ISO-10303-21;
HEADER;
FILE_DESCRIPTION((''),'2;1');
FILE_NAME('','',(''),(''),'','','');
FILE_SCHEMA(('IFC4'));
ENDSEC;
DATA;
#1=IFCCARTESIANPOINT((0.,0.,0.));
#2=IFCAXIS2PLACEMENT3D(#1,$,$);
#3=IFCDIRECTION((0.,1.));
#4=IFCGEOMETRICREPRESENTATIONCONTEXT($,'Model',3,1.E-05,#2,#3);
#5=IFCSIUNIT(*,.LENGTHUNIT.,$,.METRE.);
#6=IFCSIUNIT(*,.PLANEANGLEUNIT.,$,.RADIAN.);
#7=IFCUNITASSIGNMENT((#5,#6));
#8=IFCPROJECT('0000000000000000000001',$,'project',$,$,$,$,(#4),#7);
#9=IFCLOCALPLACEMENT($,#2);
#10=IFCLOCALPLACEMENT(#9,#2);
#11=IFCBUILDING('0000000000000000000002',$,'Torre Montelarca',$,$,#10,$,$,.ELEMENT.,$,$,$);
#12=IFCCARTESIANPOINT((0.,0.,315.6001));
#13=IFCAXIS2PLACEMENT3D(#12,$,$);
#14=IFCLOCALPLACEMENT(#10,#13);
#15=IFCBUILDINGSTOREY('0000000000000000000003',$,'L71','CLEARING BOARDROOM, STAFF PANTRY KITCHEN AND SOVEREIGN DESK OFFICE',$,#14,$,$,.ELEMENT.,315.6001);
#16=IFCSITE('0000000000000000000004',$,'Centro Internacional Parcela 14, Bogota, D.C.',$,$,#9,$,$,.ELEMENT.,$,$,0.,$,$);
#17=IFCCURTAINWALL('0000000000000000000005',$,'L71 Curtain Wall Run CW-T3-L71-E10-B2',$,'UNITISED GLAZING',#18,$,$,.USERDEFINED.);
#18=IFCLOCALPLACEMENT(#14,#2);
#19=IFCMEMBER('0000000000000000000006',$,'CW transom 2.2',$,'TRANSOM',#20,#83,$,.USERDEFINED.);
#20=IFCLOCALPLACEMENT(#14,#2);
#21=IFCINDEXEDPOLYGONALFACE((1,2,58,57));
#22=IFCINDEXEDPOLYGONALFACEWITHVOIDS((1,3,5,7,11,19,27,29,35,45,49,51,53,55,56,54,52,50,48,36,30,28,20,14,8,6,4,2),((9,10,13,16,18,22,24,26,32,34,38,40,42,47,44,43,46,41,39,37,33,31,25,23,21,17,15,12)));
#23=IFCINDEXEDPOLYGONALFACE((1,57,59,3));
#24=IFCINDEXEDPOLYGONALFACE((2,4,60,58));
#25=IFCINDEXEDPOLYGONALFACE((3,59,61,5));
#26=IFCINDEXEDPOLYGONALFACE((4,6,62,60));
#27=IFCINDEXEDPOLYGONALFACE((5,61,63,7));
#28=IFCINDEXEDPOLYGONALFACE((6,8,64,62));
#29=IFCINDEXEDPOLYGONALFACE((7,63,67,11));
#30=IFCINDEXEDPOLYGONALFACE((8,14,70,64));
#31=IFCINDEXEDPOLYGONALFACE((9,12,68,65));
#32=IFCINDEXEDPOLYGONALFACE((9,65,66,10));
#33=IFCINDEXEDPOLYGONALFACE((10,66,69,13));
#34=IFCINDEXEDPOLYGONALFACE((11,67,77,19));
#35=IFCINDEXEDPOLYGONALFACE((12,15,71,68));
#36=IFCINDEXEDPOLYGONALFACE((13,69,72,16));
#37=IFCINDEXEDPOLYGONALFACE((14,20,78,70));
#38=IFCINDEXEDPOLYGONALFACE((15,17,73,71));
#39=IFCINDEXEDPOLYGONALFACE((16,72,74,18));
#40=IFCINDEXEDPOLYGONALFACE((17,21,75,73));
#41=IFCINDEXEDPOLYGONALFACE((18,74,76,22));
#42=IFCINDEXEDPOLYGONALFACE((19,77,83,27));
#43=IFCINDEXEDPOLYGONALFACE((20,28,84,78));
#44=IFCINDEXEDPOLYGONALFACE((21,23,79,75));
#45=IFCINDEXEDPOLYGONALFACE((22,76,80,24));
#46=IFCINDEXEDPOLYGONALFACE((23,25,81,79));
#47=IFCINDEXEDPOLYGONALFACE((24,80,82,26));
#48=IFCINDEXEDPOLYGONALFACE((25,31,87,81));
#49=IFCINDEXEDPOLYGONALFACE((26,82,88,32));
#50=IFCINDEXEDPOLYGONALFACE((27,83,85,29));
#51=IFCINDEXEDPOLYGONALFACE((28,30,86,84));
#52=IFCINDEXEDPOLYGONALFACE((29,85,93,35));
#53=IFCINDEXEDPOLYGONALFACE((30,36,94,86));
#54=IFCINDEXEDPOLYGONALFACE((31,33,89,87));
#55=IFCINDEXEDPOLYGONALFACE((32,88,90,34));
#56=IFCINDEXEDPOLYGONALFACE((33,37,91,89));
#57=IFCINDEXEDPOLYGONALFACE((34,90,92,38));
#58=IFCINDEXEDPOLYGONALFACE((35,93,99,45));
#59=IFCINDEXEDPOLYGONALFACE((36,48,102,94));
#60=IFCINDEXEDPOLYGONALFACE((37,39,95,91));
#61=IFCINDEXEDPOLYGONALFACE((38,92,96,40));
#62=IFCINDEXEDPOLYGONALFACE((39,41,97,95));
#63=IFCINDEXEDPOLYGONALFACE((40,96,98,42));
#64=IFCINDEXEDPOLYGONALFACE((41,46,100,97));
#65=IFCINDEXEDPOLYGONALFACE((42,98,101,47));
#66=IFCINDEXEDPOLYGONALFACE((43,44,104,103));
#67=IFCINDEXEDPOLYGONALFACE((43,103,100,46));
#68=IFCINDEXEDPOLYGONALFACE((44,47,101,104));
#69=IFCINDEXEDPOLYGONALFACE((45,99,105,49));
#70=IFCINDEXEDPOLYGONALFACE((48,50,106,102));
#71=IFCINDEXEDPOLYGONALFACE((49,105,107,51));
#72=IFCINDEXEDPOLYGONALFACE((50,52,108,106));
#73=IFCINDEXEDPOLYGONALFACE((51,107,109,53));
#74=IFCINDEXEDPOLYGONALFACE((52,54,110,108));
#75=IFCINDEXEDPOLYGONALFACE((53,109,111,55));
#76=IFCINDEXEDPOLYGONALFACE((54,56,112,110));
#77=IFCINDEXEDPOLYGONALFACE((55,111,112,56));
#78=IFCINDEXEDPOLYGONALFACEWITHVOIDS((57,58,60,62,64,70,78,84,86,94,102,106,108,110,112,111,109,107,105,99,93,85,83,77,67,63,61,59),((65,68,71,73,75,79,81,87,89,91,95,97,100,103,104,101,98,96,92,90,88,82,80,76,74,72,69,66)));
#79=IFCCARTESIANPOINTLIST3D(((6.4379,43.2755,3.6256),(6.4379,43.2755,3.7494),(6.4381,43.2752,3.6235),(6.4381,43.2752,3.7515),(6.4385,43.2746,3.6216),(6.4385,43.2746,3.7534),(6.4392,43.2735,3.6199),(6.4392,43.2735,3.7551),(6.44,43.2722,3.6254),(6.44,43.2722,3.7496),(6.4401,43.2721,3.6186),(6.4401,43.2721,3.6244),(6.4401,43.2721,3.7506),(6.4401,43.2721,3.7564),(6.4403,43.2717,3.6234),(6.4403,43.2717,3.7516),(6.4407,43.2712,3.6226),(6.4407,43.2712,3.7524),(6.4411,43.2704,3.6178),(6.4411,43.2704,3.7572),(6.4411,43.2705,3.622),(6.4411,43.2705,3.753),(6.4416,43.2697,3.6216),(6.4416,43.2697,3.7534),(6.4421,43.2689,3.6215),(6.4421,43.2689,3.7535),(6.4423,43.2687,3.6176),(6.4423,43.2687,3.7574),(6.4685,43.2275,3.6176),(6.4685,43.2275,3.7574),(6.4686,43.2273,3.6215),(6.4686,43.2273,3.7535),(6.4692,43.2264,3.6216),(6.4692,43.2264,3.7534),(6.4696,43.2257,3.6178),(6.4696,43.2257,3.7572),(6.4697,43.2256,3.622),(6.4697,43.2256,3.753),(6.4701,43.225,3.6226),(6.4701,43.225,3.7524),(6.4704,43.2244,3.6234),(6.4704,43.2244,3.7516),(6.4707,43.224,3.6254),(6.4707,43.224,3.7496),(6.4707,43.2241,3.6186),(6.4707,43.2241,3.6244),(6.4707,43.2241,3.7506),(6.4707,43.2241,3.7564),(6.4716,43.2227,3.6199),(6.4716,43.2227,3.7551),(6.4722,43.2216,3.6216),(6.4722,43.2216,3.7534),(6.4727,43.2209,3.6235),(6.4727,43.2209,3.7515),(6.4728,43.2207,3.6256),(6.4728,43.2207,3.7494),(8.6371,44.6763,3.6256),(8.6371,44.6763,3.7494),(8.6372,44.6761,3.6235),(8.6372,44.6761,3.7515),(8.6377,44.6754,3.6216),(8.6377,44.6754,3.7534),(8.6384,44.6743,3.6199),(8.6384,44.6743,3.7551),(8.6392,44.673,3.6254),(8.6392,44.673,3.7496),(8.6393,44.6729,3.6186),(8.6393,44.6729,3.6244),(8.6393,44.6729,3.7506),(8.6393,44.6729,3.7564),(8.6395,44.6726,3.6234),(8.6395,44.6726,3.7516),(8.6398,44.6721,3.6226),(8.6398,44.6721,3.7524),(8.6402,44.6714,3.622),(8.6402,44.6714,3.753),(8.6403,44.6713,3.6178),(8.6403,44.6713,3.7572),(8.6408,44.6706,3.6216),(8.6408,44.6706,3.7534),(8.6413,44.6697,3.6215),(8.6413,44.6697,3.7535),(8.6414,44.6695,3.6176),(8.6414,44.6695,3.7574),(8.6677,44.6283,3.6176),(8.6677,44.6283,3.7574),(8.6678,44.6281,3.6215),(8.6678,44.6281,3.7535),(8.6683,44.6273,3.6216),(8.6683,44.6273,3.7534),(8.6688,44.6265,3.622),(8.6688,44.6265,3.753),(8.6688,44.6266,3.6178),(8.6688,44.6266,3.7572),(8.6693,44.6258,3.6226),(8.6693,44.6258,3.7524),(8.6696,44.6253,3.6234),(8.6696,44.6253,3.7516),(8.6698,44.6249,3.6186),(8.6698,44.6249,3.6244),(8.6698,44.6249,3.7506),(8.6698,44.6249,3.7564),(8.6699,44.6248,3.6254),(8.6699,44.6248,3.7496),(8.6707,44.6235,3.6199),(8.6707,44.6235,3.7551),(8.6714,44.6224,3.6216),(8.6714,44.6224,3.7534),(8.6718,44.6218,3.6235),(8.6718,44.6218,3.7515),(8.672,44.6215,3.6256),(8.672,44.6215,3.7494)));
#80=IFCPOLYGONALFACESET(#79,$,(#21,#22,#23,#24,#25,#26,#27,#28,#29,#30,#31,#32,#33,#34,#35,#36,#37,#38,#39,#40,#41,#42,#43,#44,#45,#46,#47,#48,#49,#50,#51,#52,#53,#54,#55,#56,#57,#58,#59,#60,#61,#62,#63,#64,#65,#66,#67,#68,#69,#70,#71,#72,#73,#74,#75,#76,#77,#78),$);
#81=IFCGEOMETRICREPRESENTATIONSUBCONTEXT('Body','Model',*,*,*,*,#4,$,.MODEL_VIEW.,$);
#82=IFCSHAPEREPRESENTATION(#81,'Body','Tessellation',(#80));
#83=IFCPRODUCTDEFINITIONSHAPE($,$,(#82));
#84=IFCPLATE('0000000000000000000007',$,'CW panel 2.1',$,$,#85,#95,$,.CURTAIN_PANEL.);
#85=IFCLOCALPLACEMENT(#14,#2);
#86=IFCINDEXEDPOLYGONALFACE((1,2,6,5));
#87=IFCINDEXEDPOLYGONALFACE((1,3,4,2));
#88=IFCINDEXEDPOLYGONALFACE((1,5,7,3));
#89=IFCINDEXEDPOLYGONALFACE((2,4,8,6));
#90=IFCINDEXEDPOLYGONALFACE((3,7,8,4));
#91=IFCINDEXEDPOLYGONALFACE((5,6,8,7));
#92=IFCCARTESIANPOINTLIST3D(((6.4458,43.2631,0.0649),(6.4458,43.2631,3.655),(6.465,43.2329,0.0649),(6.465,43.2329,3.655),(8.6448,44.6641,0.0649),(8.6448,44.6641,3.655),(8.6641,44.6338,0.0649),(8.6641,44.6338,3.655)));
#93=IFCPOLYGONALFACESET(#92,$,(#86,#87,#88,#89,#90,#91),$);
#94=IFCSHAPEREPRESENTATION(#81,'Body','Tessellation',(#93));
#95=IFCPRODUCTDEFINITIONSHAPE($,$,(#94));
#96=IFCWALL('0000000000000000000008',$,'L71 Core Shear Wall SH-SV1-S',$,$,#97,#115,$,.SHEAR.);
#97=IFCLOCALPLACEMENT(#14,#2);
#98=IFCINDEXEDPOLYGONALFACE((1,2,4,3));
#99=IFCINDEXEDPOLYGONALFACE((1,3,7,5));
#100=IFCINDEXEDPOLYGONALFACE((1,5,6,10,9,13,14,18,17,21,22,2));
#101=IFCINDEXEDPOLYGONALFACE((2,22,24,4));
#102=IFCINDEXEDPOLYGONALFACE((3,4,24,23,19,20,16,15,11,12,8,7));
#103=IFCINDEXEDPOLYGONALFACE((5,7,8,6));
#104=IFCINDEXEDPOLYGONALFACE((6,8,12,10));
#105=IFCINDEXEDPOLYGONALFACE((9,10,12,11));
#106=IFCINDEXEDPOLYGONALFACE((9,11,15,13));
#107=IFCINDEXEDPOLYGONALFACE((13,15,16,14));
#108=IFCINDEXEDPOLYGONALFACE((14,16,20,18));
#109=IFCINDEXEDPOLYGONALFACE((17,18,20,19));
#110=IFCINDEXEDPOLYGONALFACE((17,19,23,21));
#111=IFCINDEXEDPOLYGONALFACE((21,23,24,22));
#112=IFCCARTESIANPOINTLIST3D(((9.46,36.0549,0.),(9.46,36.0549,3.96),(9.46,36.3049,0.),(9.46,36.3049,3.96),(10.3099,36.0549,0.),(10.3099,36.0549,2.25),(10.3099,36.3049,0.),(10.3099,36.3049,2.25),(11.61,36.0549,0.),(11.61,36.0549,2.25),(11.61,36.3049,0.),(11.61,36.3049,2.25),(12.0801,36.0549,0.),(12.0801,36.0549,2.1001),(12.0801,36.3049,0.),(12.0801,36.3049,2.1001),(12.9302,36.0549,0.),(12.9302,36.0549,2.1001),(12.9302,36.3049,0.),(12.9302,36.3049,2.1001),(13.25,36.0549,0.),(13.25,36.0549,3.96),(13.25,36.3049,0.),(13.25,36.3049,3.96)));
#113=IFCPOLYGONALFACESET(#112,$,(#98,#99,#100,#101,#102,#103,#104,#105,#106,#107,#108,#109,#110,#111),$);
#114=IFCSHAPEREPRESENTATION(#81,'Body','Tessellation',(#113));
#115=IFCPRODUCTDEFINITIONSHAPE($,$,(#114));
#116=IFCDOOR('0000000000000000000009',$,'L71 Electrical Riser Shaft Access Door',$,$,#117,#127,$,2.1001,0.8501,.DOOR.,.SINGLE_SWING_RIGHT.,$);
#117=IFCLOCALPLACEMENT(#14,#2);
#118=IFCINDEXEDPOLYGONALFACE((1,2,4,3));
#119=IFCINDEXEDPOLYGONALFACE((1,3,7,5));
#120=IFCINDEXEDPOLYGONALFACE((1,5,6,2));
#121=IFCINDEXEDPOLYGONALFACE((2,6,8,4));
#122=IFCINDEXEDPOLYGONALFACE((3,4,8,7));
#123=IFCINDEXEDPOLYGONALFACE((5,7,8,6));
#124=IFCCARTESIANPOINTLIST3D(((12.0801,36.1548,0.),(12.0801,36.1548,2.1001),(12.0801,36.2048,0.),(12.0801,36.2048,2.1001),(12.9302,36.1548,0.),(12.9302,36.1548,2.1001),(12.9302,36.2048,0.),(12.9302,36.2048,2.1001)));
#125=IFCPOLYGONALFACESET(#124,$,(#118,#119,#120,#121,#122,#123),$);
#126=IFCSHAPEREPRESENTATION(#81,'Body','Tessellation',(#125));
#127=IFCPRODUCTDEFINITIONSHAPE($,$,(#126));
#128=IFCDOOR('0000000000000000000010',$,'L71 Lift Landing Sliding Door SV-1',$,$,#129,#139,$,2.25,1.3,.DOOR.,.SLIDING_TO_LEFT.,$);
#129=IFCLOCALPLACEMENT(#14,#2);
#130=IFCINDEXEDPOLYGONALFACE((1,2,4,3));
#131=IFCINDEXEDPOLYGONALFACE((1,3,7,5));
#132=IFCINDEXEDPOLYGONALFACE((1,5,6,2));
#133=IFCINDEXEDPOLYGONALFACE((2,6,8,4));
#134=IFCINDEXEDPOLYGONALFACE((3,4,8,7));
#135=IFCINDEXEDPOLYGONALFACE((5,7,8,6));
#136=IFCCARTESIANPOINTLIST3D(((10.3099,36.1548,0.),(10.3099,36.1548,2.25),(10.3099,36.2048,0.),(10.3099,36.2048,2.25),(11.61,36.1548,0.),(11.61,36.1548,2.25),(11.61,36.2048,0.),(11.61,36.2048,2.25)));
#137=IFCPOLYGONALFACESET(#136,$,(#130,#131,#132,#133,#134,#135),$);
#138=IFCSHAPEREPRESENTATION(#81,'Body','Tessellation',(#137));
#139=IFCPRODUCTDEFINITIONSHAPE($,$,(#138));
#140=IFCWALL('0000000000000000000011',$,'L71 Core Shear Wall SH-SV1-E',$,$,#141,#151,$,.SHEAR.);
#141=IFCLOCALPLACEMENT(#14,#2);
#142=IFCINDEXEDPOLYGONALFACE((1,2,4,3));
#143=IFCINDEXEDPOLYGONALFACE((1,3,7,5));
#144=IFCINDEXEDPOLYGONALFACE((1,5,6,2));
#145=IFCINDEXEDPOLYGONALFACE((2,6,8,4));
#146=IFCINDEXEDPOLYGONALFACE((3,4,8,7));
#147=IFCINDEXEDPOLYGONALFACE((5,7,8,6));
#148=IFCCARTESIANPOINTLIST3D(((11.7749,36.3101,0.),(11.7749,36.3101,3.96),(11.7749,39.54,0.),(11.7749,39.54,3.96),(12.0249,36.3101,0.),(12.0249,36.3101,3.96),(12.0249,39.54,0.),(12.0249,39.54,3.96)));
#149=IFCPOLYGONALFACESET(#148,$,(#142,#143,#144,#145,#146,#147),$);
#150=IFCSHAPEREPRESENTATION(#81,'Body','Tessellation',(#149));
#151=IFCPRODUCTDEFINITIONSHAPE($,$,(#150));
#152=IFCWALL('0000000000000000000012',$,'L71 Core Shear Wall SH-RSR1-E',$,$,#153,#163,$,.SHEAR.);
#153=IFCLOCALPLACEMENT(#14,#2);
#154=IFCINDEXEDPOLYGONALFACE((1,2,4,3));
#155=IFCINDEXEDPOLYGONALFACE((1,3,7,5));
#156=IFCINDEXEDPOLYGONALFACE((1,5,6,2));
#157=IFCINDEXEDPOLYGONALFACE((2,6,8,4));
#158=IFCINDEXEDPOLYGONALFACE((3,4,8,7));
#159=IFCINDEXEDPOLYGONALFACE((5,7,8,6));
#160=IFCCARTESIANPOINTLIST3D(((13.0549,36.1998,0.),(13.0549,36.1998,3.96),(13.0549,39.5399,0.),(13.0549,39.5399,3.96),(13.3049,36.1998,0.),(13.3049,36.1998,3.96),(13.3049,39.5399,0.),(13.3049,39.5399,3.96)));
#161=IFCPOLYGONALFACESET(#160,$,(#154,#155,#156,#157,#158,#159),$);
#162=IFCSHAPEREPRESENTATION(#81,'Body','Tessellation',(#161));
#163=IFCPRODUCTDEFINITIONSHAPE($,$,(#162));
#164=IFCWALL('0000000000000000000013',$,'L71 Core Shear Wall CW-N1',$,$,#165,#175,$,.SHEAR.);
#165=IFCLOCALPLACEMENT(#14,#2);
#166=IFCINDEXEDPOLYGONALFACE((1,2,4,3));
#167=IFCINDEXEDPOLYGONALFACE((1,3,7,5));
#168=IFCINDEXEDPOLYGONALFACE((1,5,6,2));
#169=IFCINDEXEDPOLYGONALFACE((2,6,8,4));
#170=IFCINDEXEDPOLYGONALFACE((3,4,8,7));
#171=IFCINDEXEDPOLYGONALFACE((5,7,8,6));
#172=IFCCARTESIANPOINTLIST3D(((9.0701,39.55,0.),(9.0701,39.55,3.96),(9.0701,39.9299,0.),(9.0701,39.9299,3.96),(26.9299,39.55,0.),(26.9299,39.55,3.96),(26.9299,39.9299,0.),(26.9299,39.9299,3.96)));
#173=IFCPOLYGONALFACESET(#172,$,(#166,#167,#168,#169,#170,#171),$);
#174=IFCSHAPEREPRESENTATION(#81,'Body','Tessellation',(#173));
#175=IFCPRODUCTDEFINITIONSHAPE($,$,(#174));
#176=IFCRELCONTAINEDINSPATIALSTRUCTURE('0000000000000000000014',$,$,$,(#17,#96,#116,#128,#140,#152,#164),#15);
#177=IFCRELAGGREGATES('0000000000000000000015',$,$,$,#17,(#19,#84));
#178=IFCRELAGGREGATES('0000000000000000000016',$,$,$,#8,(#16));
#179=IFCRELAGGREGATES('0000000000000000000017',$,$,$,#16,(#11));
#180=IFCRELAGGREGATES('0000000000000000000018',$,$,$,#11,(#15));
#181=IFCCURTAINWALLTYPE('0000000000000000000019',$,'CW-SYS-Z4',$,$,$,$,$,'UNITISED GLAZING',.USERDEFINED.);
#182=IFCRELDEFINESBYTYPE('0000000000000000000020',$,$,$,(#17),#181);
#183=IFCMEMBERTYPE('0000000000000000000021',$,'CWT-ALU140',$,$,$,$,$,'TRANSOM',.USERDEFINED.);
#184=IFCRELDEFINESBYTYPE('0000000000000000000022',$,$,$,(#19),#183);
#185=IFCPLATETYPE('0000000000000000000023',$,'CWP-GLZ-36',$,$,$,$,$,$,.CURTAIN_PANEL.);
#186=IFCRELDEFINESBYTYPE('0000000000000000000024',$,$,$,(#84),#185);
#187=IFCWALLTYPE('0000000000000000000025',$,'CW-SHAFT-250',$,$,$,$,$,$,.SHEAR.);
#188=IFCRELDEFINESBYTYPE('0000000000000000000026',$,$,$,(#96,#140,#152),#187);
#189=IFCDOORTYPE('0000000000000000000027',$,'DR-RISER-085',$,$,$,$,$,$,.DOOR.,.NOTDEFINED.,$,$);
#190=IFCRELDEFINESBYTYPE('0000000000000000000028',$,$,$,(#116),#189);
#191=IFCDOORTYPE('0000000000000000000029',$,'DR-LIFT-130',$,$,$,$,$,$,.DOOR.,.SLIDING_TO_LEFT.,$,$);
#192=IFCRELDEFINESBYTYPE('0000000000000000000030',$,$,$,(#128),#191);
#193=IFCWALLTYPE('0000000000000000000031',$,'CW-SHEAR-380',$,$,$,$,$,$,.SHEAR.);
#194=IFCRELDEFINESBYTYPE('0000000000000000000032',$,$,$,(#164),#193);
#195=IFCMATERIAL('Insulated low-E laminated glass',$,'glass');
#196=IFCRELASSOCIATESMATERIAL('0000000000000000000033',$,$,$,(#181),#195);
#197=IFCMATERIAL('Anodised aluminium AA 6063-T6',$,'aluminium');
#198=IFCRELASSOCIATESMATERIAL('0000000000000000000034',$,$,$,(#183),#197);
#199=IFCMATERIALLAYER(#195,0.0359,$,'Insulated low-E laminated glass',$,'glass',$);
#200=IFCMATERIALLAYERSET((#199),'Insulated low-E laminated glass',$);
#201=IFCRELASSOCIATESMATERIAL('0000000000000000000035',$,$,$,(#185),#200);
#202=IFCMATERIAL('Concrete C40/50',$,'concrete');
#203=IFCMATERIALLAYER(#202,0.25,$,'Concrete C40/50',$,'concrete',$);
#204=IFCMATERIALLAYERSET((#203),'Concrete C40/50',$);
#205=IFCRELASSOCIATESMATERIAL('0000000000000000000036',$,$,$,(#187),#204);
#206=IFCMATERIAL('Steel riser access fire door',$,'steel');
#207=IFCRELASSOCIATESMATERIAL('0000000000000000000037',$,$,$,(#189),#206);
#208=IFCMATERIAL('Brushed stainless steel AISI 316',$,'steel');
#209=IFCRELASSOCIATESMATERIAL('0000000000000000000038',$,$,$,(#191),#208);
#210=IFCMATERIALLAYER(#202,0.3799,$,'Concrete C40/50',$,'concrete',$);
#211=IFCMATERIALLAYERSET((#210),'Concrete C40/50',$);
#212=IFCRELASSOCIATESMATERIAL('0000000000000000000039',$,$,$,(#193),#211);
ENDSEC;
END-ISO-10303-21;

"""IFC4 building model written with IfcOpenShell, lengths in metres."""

from ifc_helpers import new_model, si_unit, direction, frame, frame_2d, origin, origin_2d, place, context, subcontext, project, spatial, rectangle, hollow_rectangle, extrude, source, transform, mapped, material, layer, layer_set, material_profile, profile_set, type_object, element, fill, aggregate, save


model = new_model("IFC4")

# Units and contexts
model_context = context("Model", 3, precision=1e-05, world=origin(), true_north=direction((0.0, 1.0)))
body_context = subcontext(model_context, "Body", "Model", "MODEL_VIEW")
ifc_project = project(units=[si_unit("LENGTHUNIT", "METRE"), si_unit("PLANEANGLEUNIT", "RADIAN")], contexts=[model_context])

# Site, building, storey
site_placement = place(None, origin())
site = spatial("IfcSite", under=ifc_project, at=site_placement, Name="Centro Internacional Parcela 14, Bogota, D.C.", CompositionType="ELEMENT", RefElevation=0.0)
building_placement = place(site_placement, origin())
building = spatial("IfcBuilding", under=site, at=building_placement, Name="Torre Montelarca", CompositionType="ELEMENT")
storey_placement = place(building_placement, frame((0.0, 0.0, 315.6001)))
storey = spatial("IfcBuildingStorey", under=building, at=storey_placement, Name="L71", Description="CLEARING BOARDROOM, STAFF PANTRY KITCHEN AND SOVEREIGN DESK OFFICE", CompositionType="ELEMENT", Elevation=315.6001)

# Shared definitions
ifc_material_1 = material(Name="Concrete C40/50", Category="concrete")

# Curtain wall, member, plate
ifc_material_2 = material(Name="Insulated low-E laminated glass", Category="glass")
curtain_wall_type = type_object("IfcCurtainWallType", Name="CW-SYS-Z4", ElementType="UNITISED GLAZING", PredefinedType="USERDEFINED", material=ifc_material_2)
curtain_wall_placement = place(storey_placement, origin())
curtain_wall = element("IfcCurtainWall", 1, at=curtain_wall_placement, inside=storey, type_object=curtain_wall_type, Name="L71 Curtain Wall Run CW-T3-L71-E10-B2", ObjectType="UNITISED GLAZING", PredefinedType="USERDEFINED")
ifc_material_3 = material(Name="Anodised aluminium AA 6063-T6", Category="aluminium")
ifc_material_profile_1 = material_profile(ifc_material_3, hollow_rectangle(XDim=0.0649, YDim=0.1399, WallThickness=0.0039, InnerFilletRadius=0.0039, OuterFilletRadius=0.0081, at=origin_2d()), Name="ALU65X140X4", Category="aluminium")
ifc_profile_set_1 = profile_set([ifc_material_profile_1], Name="Anodised aluminium AA 6063-T6")
member_type_1 = type_object("IfcMemberType", Name="CWT-ALU140", ElementType="TRANSOM", PredefinedType="USERDEFINED", material=ifc_profile_set_1)
shared_shape_1 = source(origin(), body_context, "Body", "SweptSolid", [
    extrude(hollow_rectangle(XDim=0.0649, YDim=0.1399, WallThickness=0.0039, InnerFilletRadius=0.0039, OuterFilletRadius=0.0081, at=origin_2d()), origin(), (0.0, 0.0, 1.0), 2.6074),
])
member_1_placement = place(storey_placement, frame((8.6545, 44.6489, 3.6875), z_axis=(-0.843422, -0.537251, 0.0), x_axis=(0.537251, -0.843422, 0.0)))
member_1 = element("IfcMember", 2, at=member_1_placement, type_object=member_type_1, Name="CW transom 2.2", ObjectType="TRANSOM", PredefinedType="USERDEFINED", context=body_context, shape_type="MappedRepresentation", body=[
    mapped(shared_shape_1, transform((0.0, 0.0, 0.0), scale=1.0)),
])
ifc_layer_1 = layer(ifc_material_2, 0.0359, Name="Insulated low-E laminated glass", Category="glass")
ifc_layer_set_1 = layer_set([ifc_layer_1], Name="Insulated low-E laminated glass")
plate_type = type_object("IfcPlateType", Name="CWP-GLZ-36", PredefinedType="CURTAIN_PANEL", material=ifc_layer_set_1)
shared_shape_2 = source(origin(), body_context, "Body", "SweptSolid", [
    extrude(rectangle(XDim=2.6074, YDim=0.0359, at=origin_2d()), origin(), (0.0, 0.0, 1.0), 3.5901),
])
plate_placement = place(storey_placement, frame((7.5549, 43.9485, 0.0649), z_axis=(0.0, 0.0, 1.0), x_axis=(-0.84339, -0.537302, 0.0)))
plate = element("IfcPlate", 3, at=plate_placement, type_object=plate_type, Name="CW panel 2.1", PredefinedType="CURTAIN_PANEL", context=body_context, shape_type="MappedRepresentation", body=[
    mapped(shared_shape_2, transform((0.0, 0.0, 0.0), scale=1.0)),
])
aggregate(curtain_wall, [member_1, plate])

# Wall, openings, doors
ifc_layer_2 = layer(ifc_material_1, 0.25, Name="Concrete C40/50", Category="concrete")
ifc_layer_set_2 = layer_set([ifc_layer_2], Name="Concrete C40/50")
wall_type_1 = type_object("IfcWallType", Name="CW-SHAFT-250", PredefinedType="SHEAR", material=ifc_layer_set_2)
wall_1_placement = place(storey_placement, frame((9.46, 36.1799, 0.0), z_axis=(0.0, 0.0, 1.0), x_axis=(1.0, 0.0, 0.0)))
wall_1 = element("IfcWall", 4, at=wall_1_placement, inside=storey, type_object=wall_type_1, Name="L71 Core Shear Wall SH-SV1-S", PredefinedType="SHEAR", context=body_context, shape_type="SweptSolid", body=[
    extrude(rectangle(XDim=3.79, YDim=0.25, at=frame_2d((1.895, 0.0))), origin(), (0.0, 0.0, 1.0), 3.96),
])
opening_1_placement = place(wall_1_placement, frame((2.6201, 0.0, 0.0)))
opening_1 = element("IfcOpeningElement", 5, at=opening_1_placement, cuts=wall_1, PredefinedType="OPENING", context=body_context, shape_type="SweptSolid", body=[
    extrude(rectangle(XDim=0.8501, YDim=2.1001, at=frame_2d((0.425, 1.05))), frame((0.0, 0.135, 0.0), z_axis=(0.0, -1.0, 0.0), x_axis=(1.0, 0.0, 0.0)), (0.0, 0.0, 1.0), 0.27),
])
opening_2_placement = place(wall_1_placement, frame((0.8501, 0.0, 0.0)))
opening_2 = element("IfcOpeningElement", 6, at=opening_2_placement, cuts=wall_1, PredefinedType="OPENING", context=body_context, shape_type="SweptSolid", body=[
    extrude(rectangle(XDim=1.3, YDim=2.25, at=frame_2d((0.6499, 1.125))), frame((0.0, 0.135, 0.0), z_axis=(0.0, -1.0, 0.0), x_axis=(1.0, 0.0, 0.0)), (0.0, 0.0, 1.0), 0.27),
])
ifc_material_4 = material(Name="Steel riser access fire door", Category="steel")
door_type_1 = type_object("IfcDoorType", Name="DR-RISER-085", OperationType="NOTDEFINED", PredefinedType="DOOR", material=ifc_material_4)
shared_shape_3 = source(origin(), body_context, "Body", "SweptSolid", [
    extrude(rectangle(XDim=0.8501, YDim=2.1001, at=frame_2d((0.425, 1.05))), frame((0.0, 0.0249, 0.0), z_axis=(0.0, -1.0, 0.0), x_axis=(1.0, 0.0, 0.0)), (0.0, 0.0, 1.0), 0.05),
])
door_1_placement = place(opening_1_placement, origin())
door_1 = element("IfcDoor", 7, at=door_1_placement, inside=storey, type_object=door_type_1, Name="L71 Electrical Riser Shaft Access Door", OperationType="SINGLE_SWING_RIGHT", OverallHeight=2.1001, OverallWidth=0.8501, PredefinedType="DOOR", context=body_context, shape_type="MappedRepresentation", body=[
    mapped(shared_shape_3, transform((0.0, 0.0, 0.0), scale=1.0)),
])
fill(opening_1, door_1)
ifc_material_5 = material(Name="Brushed stainless steel AISI 316", Category="steel")
door_type_2 = type_object("IfcDoorType", Name="DR-LIFT-130", OperationType="SLIDING_TO_LEFT", PredefinedType="DOOR", material=ifc_material_5)
shared_shape_4 = source(origin(), body_context, "Body", "SweptSolid", [
    extrude(rectangle(XDim=1.3, YDim=2.25, at=frame_2d((0.6499, 1.125))), frame((0.0, 0.0249, 0.0), z_axis=(0.0, -1.0, 0.0), x_axis=(1.0, 0.0, 0.0)), (0.0, 0.0, 1.0), 0.05),
])
door_2_placement = place(opening_2_placement, origin())
door_2 = element("IfcDoor", 8, at=door_2_placement, inside=storey, type_object=door_type_2, Name="L71 Lift Landing Sliding Door SV-1", OperationType="SLIDING_TO_LEFT", OverallHeight=2.25, OverallWidth=1.3, PredefinedType="DOOR", context=body_context, shape_type="MappedRepresentation", body=[
    mapped(shared_shape_4, transform((0.0, 0.0, 0.0), scale=1.0)),
])
fill(opening_2, door_2)

# Walls
wall_2_placement = place(storey_placement, frame((11.8999, 36.3101, 0.0), z_axis=(0.0, 0.0, 1.0), x_axis=(0.0, 1.0, 0.0)))
element("IfcWall", 9, at=wall_2_placement, inside=storey, type_object=wall_type_1, Name="L71 Core Shear Wall SH-SV1-E", PredefinedType="SHEAR", context=body_context, shape_type="SweptSolid", body=[
    extrude(rectangle(XDim=3.23, YDim=0.25, at=frame_2d((1.615, 0.0))), origin(), (0.0, 0.0, 1.0), 3.96),
])
wall_3_placement = place(storey_placement, frame((13.1799, 36.2, 0.0), z_axis=(0.0, 0.0, 1.0), x_axis=(0.0, 1.0, 0.0)))
element("IfcWall", 10, at=wall_3_placement, inside=storey, type_object=wall_type_1, Name="L71 Core Shear Wall SH-RSR1-E", PredefinedType="SHEAR", context=body_context, shape_type="SweptSolid", body=[
    extrude(rectangle(XDim=3.3401, YDim=0.25, at=frame_2d((1.6699, 0.0))), origin(), (0.0, 0.0, 1.0), 3.96),
])
ifc_layer_3 = layer(ifc_material_1, 0.3799, Name="Concrete C40/50", Category="concrete")
ifc_layer_set_3 = layer_set([ifc_layer_3], Name="Concrete C40/50")
wall_type_2 = type_object("IfcWallType", Name="CW-SHEAR-380", PredefinedType="SHEAR", material=ifc_layer_set_3)
wall_4_placement = place(storey_placement, frame((9.0701, 39.74, 0.0), z_axis=(0.0, 0.0, 1.0), x_axis=(1.0, 0.0, 0.0)))
element("IfcWall", 11, at=wall_4_placement, inside=storey, type_object=wall_type_2, Name="L71 Core Shear Wall CW-N1", PredefinedType="SHEAR", context=body_context, shape_type="SweptSolid", body=[
    extrude(rectangle(XDim=17.8599, YDim=0.3799, at=frame_2d((8.9299, 0.0))), origin(), (0.0, 0.0, 1.0), 3.96),
])

save(model, "model.ifc")
